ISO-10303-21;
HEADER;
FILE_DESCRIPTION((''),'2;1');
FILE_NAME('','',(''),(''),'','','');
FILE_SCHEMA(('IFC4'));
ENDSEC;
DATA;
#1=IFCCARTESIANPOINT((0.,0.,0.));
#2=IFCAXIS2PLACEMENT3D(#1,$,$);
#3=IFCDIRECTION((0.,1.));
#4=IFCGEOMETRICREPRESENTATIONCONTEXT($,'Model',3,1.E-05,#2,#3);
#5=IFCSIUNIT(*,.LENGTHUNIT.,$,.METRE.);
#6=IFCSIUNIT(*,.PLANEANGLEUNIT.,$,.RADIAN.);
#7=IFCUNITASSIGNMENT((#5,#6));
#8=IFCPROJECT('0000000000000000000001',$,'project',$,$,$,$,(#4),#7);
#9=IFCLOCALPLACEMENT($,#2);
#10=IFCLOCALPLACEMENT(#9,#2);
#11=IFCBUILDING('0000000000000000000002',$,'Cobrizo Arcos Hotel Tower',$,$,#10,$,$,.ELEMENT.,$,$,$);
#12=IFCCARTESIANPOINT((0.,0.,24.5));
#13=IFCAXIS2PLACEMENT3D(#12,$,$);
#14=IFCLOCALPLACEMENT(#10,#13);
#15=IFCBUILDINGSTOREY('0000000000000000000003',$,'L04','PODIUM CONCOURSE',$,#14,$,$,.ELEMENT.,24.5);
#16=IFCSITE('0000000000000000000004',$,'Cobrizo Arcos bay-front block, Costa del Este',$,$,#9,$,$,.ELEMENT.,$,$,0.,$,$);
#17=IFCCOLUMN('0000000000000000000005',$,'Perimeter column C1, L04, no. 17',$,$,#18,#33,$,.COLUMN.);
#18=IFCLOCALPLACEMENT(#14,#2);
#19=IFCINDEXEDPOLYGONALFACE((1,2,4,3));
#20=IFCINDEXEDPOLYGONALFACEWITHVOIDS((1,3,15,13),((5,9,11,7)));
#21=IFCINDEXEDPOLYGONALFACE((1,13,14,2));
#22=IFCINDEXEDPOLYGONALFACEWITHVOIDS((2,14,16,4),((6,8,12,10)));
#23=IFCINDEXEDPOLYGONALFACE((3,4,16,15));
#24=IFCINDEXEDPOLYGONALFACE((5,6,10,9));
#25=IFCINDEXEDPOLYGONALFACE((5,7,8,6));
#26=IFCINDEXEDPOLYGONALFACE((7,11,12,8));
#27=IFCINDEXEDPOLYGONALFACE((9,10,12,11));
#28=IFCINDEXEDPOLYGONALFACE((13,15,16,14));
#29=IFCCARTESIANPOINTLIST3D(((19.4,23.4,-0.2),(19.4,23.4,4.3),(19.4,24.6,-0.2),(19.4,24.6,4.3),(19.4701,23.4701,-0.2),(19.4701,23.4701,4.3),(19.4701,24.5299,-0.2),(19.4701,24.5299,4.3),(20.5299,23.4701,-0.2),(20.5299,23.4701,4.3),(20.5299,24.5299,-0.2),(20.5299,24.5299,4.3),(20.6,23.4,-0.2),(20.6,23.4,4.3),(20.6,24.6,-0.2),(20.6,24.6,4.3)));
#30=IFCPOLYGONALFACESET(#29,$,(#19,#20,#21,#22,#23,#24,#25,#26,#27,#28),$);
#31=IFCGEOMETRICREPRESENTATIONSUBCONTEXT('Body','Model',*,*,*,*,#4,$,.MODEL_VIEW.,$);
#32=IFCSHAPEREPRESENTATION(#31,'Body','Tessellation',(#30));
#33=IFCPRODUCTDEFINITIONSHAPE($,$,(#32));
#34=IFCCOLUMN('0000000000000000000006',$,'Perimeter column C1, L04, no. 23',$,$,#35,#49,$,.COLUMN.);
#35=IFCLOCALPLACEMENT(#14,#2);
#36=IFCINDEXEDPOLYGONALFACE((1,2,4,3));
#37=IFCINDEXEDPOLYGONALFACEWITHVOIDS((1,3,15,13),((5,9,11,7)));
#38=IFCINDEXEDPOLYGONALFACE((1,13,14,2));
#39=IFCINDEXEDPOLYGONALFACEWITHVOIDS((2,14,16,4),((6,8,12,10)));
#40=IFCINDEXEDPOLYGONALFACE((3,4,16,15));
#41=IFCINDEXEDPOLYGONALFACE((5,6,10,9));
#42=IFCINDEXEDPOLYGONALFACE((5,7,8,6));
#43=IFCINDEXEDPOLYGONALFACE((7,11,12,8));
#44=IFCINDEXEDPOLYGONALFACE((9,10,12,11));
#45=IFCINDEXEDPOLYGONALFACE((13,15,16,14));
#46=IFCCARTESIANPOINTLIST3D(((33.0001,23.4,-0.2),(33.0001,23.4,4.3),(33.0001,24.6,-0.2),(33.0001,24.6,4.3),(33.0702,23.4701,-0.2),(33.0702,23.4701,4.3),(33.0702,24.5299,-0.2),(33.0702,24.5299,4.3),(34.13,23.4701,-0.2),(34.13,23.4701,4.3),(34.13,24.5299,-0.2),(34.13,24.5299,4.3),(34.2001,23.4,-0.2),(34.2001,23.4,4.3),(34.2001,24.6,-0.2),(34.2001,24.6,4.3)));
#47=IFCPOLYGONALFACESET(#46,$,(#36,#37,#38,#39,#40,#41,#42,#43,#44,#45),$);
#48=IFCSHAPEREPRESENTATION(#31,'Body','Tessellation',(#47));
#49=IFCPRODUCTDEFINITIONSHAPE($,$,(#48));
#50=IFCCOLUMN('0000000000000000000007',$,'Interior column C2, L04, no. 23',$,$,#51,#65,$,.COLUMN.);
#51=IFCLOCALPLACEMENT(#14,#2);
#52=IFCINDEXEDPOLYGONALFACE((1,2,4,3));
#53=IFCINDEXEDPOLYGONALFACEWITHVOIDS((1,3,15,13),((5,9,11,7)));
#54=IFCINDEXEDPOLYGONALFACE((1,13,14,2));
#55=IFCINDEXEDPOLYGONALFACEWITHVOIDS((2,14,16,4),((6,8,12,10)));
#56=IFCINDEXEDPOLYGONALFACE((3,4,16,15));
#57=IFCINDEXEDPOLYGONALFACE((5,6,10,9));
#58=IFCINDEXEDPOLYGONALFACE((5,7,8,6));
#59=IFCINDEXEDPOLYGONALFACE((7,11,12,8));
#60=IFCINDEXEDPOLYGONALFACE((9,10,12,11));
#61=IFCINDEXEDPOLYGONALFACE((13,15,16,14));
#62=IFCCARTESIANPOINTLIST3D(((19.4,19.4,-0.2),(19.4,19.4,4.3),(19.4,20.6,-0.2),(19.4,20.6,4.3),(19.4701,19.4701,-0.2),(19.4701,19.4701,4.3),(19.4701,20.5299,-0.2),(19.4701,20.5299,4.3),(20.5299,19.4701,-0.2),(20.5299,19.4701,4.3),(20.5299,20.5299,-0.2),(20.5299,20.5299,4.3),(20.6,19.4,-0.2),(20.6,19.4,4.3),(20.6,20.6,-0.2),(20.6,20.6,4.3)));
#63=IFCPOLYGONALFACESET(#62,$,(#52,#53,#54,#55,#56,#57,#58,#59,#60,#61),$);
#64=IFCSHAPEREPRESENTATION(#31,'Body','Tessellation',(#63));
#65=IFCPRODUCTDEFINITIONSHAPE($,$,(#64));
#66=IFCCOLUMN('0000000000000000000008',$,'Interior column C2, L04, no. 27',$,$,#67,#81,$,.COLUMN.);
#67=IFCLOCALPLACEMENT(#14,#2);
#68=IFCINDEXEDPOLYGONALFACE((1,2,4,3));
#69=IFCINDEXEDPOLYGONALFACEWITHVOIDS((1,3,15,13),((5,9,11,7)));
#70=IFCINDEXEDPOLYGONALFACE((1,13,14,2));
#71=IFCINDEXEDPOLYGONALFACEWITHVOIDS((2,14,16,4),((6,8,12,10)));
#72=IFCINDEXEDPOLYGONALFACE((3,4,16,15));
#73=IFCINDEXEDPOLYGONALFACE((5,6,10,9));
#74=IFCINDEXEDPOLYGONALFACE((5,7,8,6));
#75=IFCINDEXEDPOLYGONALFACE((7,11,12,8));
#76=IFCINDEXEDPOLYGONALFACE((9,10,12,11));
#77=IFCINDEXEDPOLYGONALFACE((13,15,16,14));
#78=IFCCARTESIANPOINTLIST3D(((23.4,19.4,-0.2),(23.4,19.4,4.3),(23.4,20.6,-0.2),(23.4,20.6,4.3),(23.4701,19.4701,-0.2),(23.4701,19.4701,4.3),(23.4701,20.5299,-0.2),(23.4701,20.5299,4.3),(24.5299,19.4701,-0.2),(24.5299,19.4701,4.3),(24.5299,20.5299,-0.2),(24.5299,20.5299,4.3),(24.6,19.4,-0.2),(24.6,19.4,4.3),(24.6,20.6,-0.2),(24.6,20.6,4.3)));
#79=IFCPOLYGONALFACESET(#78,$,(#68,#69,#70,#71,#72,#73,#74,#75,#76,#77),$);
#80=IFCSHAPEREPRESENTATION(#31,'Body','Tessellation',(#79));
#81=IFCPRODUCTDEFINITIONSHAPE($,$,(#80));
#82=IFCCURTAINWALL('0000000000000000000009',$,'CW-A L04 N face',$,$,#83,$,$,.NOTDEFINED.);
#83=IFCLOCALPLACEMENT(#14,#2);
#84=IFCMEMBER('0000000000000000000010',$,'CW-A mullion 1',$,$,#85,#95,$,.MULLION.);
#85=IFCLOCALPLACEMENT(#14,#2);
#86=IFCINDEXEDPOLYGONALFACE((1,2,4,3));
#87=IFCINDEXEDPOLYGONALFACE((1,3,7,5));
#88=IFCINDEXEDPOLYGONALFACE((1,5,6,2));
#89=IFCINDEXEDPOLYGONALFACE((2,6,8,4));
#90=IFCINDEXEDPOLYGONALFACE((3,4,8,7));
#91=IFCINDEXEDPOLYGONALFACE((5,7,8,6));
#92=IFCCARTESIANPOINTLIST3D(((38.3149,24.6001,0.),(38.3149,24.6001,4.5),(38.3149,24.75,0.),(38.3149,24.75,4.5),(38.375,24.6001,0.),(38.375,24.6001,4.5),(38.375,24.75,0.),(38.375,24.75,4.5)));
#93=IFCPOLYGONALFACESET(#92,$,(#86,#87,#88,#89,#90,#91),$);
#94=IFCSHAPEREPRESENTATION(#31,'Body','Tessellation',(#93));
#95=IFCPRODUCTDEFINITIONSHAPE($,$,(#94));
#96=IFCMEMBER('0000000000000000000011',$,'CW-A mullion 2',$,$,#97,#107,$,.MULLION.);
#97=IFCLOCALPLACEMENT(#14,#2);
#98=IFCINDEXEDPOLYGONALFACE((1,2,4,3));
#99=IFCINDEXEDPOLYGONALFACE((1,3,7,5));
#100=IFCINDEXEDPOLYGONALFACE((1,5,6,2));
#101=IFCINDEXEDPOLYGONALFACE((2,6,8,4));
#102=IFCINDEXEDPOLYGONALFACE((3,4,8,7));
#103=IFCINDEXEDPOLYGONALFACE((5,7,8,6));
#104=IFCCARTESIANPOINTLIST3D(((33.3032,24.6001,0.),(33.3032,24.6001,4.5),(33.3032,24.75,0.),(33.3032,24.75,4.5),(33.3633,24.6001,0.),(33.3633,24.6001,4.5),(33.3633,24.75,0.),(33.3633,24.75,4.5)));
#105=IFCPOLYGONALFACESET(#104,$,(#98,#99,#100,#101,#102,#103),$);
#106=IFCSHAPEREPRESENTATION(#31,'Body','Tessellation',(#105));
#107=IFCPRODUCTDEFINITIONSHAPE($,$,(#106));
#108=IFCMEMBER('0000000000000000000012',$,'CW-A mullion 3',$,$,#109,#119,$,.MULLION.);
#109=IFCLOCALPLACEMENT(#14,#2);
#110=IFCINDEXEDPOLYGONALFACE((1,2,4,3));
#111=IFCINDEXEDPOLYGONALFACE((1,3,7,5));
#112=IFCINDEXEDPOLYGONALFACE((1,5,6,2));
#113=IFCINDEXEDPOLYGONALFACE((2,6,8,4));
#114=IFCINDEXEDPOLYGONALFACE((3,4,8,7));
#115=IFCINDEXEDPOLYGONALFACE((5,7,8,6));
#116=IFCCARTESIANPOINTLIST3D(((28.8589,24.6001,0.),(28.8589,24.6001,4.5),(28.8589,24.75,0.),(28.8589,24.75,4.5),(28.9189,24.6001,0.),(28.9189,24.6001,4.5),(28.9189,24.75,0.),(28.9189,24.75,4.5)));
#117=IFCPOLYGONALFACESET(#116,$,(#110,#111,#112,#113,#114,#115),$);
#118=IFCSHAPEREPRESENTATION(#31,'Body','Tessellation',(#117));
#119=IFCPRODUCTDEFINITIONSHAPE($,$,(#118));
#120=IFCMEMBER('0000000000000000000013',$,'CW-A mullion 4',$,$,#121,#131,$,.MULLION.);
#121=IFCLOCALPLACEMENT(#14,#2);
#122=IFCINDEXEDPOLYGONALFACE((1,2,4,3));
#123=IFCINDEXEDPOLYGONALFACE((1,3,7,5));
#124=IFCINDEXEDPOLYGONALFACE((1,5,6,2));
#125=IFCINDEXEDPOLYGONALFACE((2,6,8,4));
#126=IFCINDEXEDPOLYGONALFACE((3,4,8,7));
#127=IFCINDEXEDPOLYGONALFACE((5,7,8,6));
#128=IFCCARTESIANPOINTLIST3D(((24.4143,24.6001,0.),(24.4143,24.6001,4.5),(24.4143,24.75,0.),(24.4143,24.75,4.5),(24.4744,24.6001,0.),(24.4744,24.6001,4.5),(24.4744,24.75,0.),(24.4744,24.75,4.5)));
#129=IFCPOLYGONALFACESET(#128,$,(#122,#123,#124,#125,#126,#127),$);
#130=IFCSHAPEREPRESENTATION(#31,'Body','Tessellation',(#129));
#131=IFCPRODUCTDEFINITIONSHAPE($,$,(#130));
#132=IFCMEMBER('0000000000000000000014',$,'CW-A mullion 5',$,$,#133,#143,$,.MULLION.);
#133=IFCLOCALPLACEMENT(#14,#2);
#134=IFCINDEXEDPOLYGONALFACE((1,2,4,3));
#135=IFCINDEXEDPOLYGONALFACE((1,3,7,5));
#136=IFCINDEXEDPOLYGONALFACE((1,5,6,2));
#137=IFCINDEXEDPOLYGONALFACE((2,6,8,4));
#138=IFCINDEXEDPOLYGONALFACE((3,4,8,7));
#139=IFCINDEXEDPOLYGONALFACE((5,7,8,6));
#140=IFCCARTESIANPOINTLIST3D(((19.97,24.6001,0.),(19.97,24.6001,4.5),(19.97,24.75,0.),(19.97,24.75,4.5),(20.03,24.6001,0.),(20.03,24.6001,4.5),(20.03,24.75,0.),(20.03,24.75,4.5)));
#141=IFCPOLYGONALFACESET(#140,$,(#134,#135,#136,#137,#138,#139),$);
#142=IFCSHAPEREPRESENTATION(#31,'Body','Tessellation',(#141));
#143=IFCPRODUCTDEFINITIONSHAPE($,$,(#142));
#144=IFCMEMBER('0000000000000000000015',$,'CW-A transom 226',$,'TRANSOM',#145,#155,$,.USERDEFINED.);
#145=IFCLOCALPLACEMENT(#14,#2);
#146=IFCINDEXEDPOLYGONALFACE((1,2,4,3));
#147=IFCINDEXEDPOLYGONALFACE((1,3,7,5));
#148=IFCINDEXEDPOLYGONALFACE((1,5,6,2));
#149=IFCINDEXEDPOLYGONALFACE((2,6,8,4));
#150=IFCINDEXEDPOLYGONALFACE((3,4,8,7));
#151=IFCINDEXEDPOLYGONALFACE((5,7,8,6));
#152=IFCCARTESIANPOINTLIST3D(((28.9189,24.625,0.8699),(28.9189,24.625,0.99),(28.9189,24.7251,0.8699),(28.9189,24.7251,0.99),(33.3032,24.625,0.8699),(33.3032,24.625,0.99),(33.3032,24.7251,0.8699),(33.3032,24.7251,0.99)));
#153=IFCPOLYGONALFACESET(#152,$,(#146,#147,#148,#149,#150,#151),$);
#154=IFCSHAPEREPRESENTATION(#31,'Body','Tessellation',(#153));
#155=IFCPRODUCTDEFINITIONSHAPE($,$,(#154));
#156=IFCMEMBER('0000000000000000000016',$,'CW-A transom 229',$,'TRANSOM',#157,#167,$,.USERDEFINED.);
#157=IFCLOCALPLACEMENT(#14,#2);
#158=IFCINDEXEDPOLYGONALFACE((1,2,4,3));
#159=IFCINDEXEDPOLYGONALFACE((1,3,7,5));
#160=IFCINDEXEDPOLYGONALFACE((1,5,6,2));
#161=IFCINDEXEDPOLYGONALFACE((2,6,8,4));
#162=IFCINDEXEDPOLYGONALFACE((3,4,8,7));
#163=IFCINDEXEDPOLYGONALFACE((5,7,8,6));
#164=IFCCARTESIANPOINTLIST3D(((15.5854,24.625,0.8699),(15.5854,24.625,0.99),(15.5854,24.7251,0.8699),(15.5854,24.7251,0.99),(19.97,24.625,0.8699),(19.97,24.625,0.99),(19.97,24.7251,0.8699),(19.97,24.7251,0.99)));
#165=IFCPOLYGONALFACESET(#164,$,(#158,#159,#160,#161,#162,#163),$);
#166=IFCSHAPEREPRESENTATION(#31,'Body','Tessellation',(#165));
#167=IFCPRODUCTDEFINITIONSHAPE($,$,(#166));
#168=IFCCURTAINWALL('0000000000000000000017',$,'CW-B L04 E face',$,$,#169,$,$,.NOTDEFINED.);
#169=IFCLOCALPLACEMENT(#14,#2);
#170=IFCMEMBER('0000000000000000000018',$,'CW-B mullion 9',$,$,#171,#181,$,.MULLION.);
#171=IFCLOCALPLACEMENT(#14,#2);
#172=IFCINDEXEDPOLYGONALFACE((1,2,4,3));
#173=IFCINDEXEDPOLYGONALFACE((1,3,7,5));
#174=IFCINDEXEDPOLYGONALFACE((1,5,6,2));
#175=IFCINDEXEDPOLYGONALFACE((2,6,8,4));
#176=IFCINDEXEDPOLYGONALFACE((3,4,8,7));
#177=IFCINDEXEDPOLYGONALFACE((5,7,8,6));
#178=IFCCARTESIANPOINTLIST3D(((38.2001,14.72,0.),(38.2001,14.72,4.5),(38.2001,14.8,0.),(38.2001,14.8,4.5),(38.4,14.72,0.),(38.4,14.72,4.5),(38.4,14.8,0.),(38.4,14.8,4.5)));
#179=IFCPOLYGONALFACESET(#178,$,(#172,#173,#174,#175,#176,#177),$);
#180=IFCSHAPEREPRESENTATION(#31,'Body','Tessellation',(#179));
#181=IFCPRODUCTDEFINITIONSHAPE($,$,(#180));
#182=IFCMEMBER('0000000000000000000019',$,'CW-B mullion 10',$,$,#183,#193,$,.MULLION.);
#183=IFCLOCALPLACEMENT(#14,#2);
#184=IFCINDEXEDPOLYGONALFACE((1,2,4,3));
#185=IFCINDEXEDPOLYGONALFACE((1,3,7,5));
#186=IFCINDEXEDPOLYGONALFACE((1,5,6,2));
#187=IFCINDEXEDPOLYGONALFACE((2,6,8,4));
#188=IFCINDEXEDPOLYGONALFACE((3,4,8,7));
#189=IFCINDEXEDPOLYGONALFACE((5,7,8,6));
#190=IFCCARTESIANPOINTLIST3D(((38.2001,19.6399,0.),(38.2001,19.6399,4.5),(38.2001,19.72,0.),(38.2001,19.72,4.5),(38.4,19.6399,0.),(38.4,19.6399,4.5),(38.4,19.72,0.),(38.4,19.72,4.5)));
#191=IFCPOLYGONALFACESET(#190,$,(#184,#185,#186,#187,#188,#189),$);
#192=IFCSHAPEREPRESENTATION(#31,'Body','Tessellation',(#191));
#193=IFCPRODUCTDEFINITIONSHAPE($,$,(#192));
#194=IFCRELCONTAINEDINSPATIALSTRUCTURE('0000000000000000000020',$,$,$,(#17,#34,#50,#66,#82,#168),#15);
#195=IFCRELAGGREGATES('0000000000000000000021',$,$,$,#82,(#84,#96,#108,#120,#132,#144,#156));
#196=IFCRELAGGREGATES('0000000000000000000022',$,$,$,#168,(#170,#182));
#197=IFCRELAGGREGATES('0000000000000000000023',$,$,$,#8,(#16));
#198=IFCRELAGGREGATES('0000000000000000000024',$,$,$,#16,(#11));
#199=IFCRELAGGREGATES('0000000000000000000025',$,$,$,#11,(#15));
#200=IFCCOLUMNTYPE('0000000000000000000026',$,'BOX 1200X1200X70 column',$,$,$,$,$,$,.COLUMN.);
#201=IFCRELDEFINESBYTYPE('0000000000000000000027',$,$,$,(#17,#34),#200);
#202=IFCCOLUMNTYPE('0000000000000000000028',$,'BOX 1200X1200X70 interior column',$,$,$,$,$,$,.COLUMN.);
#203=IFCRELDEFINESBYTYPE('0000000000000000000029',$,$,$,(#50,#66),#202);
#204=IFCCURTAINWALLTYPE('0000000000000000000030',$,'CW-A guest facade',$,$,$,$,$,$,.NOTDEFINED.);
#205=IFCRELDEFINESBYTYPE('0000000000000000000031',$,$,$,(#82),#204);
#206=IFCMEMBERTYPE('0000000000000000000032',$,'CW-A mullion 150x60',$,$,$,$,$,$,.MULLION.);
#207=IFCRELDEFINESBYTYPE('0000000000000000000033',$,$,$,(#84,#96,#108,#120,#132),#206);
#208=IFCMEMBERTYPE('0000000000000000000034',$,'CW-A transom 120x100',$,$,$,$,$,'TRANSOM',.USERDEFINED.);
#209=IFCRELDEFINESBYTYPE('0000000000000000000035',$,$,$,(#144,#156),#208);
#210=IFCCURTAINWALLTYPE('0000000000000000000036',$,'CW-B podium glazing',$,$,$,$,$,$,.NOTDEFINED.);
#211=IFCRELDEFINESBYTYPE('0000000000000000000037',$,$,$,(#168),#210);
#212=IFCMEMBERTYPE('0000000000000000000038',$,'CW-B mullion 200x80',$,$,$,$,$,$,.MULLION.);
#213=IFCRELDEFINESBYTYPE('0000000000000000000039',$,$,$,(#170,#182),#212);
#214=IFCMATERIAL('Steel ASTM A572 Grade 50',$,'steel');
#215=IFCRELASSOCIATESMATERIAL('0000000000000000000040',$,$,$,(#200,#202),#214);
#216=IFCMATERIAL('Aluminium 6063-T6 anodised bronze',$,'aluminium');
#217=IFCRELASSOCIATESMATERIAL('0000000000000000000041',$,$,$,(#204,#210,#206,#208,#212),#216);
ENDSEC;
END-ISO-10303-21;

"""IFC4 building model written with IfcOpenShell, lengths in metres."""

from ifc_helpers import new_model, si_unit, direction, frame, origin, origin_2d, place, context, subcontext, project, spatial, rectangle, hollow_rectangle, extrude, material, material_profile, profile_set, type_object, element, aggregate, save


model = new_model("IFC4")

# Units and contexts
model_context = context("Model", 3, precision=1e-05, world=origin(), true_north=direction((0.0, 1.0)))
body_context = subcontext(model_context, "Body", "Model", "MODEL_VIEW")
ifc_project = project(units=[si_unit("LENGTHUNIT", "METRE"), si_unit("PLANEANGLEUNIT", "RADIAN")], contexts=[model_context])

# Site, building, storey
site_placement = place(None, origin())
site = spatial("IfcSite", under=ifc_project, at=site_placement, Name="Cobrizo Arcos bay-front block, Costa del Este", CompositionType="ELEMENT", RefElevation=0.0)
building_placement = place(site_placement, origin())
building = spatial("IfcBuilding", under=site, at=building_placement, Name="Cobrizo Arcos Hotel Tower", CompositionType="ELEMENT")
storey_placement = place(building_placement, frame((0.0, 0.0, 24.5)))
storey = spatial("IfcBuildingStorey", under=building, at=storey_placement, Name="L04", Description="PODIUM CONCOURSE", CompositionType="ELEMENT", Elevation=24.5)

# Columns
ifc_material_1 = material(Name="Steel ASTM A572 Grade 50", Category="steel")
ifc_material_profile_1 = material_profile(ifc_material_1, hollow_rectangle(XDim=1.2, YDim=1.2, WallThickness=0.0701, at=origin_2d()), Name="BOX 1200X1200X70")
ifc_profile_set_1 = profile_set([ifc_material_profile_1], Name="Steel ASTM A572 Grade 50")
column_type_1 = type_object("IfcColumnType", Name="BOX 1200X1200X70 column", PredefinedType="COLUMN", material=ifc_profile_set_1)
for number, where, z_axis, x_axis, name in (
    (1, (20.0, 24.0, -0.2), (0.0, 0.0, 1.0), (1.0, 0.0, 0.0), "Perimeter column C1, L04, no. 17"),
    (2, (33.6001, 24.0, -0.2), (0.0, 0.0, 1.0), (1.0, 0.0, 0.0), "Perimeter column C1, L04, no. 23"),
):
    element("IfcColumn", number, at=place(storey_placement, frame(where, z_axis=z_axis, x_axis=x_axis)), inside=storey, type_object=column_type_1, Name=name, PredefinedType="COLUMN", context=body_context, shape_type="SweptSolid", body=[
        extrude(hollow_rectangle(XDim=1.2, YDim=1.2, WallThickness=0.0701, at=origin_2d()), origin(), (0.0, 0.0, 1.0), 4.5),
    ])
ifc_material_profile_2 = material_profile(ifc_material_1, hollow_rectangle(XDim=1.2, YDim=1.2, WallThickness=0.0701, at=origin_2d()), Name="BOX 1200X1200X70")
ifc_profile_set_2 = profile_set([ifc_material_profile_2], Name="Steel ASTM A572 Grade 50")
column_type_2 = type_object("IfcColumnType", Name="BOX 1200X1200X70 interior column", PredefinedType="COLUMN", material=ifc_profile_set_2)
for number, where, z_axis, x_axis, name in (
    (3, (20.0, 20.0, -0.2), (0.0, 0.0, 1.0), (1.0, 0.0, 0.0), "Interior column C2, L04, no. 23"),
    (4, (24.0, 20.0, -0.2), (0.0, 0.0, 1.0), (1.0, 0.0, 0.0), "Interior column C2, L04, no. 27"),
):
    element("IfcColumn", number, at=place(storey_placement, frame(where, z_axis=z_axis, x_axis=x_axis)), inside=storey, type_object=column_type_2, Name=name, PredefinedType="COLUMN", context=body_context, shape_type="SweptSolid", body=[
        extrude(hollow_rectangle(XDim=1.2, YDim=1.2, WallThickness=0.0701, at=origin_2d()), origin(), (0.0, 0.0, 1.0), 4.5),
    ])

# Curtain walls, members
ifc_material_2 = material(Name="Aluminium 6063-T6 anodised bronze", Category="aluminium")
curtain_wall_type_1 = type_object("IfcCurtainWallType", Name="CW-A guest facade", PredefinedType="NOTDEFINED", material=ifc_material_2)
curtain_wall_1_placement = place(storey_placement, origin())
curtain_wall_1 = element("IfcCurtainWall", 5, at=curtain_wall_1_placement, inside=storey, type_object=curtain_wall_type_1, Name="CW-A L04 N face", PredefinedType="NOTDEFINED")
ifc_material_profile_3 = material_profile(ifc_material_2, rectangle(XDim=0.1499, YDim=0.0601, at=origin_2d()), Name="CW-A mullion 150x60")
ifc_profile_set_3 = profile_set([ifc_material_profile_3], Name="Aluminium 6063-T6 anodised bronze")
member_type_1 = type_object("IfcMemberType", Name="CW-A mullion 150x60", PredefinedType="MULLION", material=ifc_profile_set_3)
member_1_placement = place(storey_placement, frame((38.345, 24.675, 0.0), z_axis=(0.0, 0.0, 1.0), x_axis=(0.0, 1.0, 0.0)))
member_1 = element("IfcMember", 6, at=member_1_placement, type_object=member_type_1, Name="CW-A mullion 1", PredefinedType="MULLION", context=body_context, shape_type="SweptSolid", body=[
    extrude(rectangle(XDim=0.1499, YDim=0.0601, at=origin_2d()), origin(), (0.0, 0.0, 1.0), 4.5),
])
member_2_placement = place(storey_placement, frame((33.3333, 24.675, 0.0), z_axis=(0.0, 0.0, 1.0), x_axis=(0.0, 1.0, 0.0)))
member_2 = element("IfcMember", 7, at=member_2_placement, type_object=member_type_1, Name="CW-A mullion 2", PredefinedType="MULLION", context=body_context, shape_type="SweptSolid", body=[
    extrude(rectangle(XDim=0.1499, YDim=0.0601, at=origin_2d()), origin(), (0.0, 0.0, 1.0), 4.5),
])
member_3_placement = place(storey_placement, frame((28.8889, 24.675, 0.0), z_axis=(0.0, 0.0, 1.0), x_axis=(0.0, 1.0, 0.0)))
member_3 = element("IfcMember", 8, at=member_3_placement, type_object=member_type_1, Name="CW-A mullion 3", PredefinedType="MULLION", context=body_context, shape_type="SweptSolid", body=[
    extrude(rectangle(XDim=0.1499, YDim=0.0601, at=origin_2d()), origin(), (0.0, 0.0, 1.0), 4.5),
])
member_4_placement = place(storey_placement, frame((24.4443, 24.675, 0.0), z_axis=(0.0, 0.0, 1.0), x_axis=(0.0, 1.0, 0.0)))
member_4 = element("IfcMember", 9, at=member_4_placement, type_object=member_type_1, Name="CW-A mullion 4", PredefinedType="MULLION", context=body_context, shape_type="SweptSolid", body=[
    extrude(rectangle(XDim=0.1499, YDim=0.0601, at=origin_2d()), origin(), (0.0, 0.0, 1.0), 4.5),
])
member_5_placement = place(storey_placement, frame((20.0, 24.675, 0.0), z_axis=(0.0, 0.0, 1.0), x_axis=(0.0, 1.0, 0.0)))
member_5 = element("IfcMember", 10, at=member_5_placement, type_object=member_type_1, Name="CW-A mullion 5", PredefinedType="MULLION", context=body_context, shape_type="SweptSolid", body=[
    extrude(rectangle(XDim=0.1499, YDim=0.0601, at=origin_2d()), origin(), (0.0, 0.0, 1.0), 4.5),
])
ifc_material_profile_4 = material_profile(ifc_material_2, rectangle(XDim=0.1001, YDim=0.1201, at=origin_2d()), Name="CW-A transom 120x100")
ifc_profile_set_4 = profile_set([ifc_material_profile_4], Name="Aluminium 6063-T6 anodised bronze")
member_type_2 = type_object("IfcMemberType", Name="CW-A transom 120x100", ElementType="TRANSOM", PredefinedType="USERDEFINED", material=ifc_profile_set_4)
member_6_placement = place(storey_placement, frame((33.3032, 24.675, 0.9299), z_axis=(-1.0, 0.0, 0.0), x_axis=(0.0, -1.0, 0.0)))
member_6 = element("IfcMember", 11, at=member_6_placement, type_object=member_type_2, Name="CW-A transom 226", ObjectType="TRANSOM", PredefinedType="USERDEFINED", context=body_context, shape_type="SweptSolid", body=[
    extrude(rectangle(XDim=0.1001, YDim=0.1201, at=origin_2d()), origin(), (0.0, 0.0, 1.0), 4.3843),
])
member_7_placement = place(storey_placement, frame((19.97, 24.675, 0.9299), z_axis=(-1.0, 0.0, 0.0), x_axis=(0.0, -1.0, 0.0)))
member_7 = element("IfcMember", 12, at=member_7_placement, type_object=member_type_2, Name="CW-A transom 229", ObjectType="TRANSOM", PredefinedType="USERDEFINED", context=body_context, shape_type="SweptSolid", body=[
    extrude(rectangle(XDim=0.1001, YDim=0.1201, at=origin_2d()), origin(), (0.0, 0.0, 1.0), 4.3845),
])
curtain_wall_type_2 = type_object("IfcCurtainWallType", Name="CW-B podium glazing", PredefinedType="NOTDEFINED", material=ifc_material_2)
curtain_wall_2_placement = place(storey_placement, origin())
curtain_wall_2 = element("IfcCurtainWall", 13, at=curtain_wall_2_placement, inside=storey, type_object=curtain_wall_type_2, Name="CW-B L04 E face", PredefinedType="NOTDEFINED")
ifc_material_profile_5 = material_profile(ifc_material_2, rectangle(XDim=0.2, YDim=0.0801, at=origin_2d()), Name="CW-B mullion 200x80")
ifc_profile_set_5 = profile_set([ifc_material_profile_5], Name="Aluminium 6063-T6 anodised bronze")
member_type_3 = type_object("IfcMemberType", Name="CW-B mullion 200x80", PredefinedType="MULLION", material=ifc_profile_set_5)
member_8_placement = place(storey_placement, frame((38.3, 14.76, 0.0), z_axis=(0.0, 0.0, 1.0), x_axis=(1.0, 0.0, 0.0)))
member_8 = element("IfcMember", 14, at=member_8_placement, type_object=member_type_3, Name="CW-B mullion 9", PredefinedType="MULLION", context=body_context, shape_type="SweptSolid", body=[
    extrude(rectangle(XDim=0.2, YDim=0.0801, at=origin_2d()), origin(), (0.0, 0.0, 1.0), 4.5),
])
member_9_placement = place(storey_placement, frame((38.3, 19.6799, 0.0), z_axis=(0.0, 0.0, 1.0), x_axis=(1.0, 0.0, 0.0)))
member_9 = element("IfcMember", 15, at=member_9_placement, type_object=member_type_3, Name="CW-B mullion 10", PredefinedType="MULLION", context=body_context, shape_type="SweptSolid", body=[
    extrude(rectangle(XDim=0.2, YDim=0.0801, at=origin_2d()), origin(), (0.0, 0.0, 1.0), 4.5),
])

aggregate(curtain_wall_1, [member_1, member_2, member_3, member_4, member_5, member_6, member_7])
aggregate(curtain_wall_2, [member_8, member_9])

save(model, "model.ifc")
